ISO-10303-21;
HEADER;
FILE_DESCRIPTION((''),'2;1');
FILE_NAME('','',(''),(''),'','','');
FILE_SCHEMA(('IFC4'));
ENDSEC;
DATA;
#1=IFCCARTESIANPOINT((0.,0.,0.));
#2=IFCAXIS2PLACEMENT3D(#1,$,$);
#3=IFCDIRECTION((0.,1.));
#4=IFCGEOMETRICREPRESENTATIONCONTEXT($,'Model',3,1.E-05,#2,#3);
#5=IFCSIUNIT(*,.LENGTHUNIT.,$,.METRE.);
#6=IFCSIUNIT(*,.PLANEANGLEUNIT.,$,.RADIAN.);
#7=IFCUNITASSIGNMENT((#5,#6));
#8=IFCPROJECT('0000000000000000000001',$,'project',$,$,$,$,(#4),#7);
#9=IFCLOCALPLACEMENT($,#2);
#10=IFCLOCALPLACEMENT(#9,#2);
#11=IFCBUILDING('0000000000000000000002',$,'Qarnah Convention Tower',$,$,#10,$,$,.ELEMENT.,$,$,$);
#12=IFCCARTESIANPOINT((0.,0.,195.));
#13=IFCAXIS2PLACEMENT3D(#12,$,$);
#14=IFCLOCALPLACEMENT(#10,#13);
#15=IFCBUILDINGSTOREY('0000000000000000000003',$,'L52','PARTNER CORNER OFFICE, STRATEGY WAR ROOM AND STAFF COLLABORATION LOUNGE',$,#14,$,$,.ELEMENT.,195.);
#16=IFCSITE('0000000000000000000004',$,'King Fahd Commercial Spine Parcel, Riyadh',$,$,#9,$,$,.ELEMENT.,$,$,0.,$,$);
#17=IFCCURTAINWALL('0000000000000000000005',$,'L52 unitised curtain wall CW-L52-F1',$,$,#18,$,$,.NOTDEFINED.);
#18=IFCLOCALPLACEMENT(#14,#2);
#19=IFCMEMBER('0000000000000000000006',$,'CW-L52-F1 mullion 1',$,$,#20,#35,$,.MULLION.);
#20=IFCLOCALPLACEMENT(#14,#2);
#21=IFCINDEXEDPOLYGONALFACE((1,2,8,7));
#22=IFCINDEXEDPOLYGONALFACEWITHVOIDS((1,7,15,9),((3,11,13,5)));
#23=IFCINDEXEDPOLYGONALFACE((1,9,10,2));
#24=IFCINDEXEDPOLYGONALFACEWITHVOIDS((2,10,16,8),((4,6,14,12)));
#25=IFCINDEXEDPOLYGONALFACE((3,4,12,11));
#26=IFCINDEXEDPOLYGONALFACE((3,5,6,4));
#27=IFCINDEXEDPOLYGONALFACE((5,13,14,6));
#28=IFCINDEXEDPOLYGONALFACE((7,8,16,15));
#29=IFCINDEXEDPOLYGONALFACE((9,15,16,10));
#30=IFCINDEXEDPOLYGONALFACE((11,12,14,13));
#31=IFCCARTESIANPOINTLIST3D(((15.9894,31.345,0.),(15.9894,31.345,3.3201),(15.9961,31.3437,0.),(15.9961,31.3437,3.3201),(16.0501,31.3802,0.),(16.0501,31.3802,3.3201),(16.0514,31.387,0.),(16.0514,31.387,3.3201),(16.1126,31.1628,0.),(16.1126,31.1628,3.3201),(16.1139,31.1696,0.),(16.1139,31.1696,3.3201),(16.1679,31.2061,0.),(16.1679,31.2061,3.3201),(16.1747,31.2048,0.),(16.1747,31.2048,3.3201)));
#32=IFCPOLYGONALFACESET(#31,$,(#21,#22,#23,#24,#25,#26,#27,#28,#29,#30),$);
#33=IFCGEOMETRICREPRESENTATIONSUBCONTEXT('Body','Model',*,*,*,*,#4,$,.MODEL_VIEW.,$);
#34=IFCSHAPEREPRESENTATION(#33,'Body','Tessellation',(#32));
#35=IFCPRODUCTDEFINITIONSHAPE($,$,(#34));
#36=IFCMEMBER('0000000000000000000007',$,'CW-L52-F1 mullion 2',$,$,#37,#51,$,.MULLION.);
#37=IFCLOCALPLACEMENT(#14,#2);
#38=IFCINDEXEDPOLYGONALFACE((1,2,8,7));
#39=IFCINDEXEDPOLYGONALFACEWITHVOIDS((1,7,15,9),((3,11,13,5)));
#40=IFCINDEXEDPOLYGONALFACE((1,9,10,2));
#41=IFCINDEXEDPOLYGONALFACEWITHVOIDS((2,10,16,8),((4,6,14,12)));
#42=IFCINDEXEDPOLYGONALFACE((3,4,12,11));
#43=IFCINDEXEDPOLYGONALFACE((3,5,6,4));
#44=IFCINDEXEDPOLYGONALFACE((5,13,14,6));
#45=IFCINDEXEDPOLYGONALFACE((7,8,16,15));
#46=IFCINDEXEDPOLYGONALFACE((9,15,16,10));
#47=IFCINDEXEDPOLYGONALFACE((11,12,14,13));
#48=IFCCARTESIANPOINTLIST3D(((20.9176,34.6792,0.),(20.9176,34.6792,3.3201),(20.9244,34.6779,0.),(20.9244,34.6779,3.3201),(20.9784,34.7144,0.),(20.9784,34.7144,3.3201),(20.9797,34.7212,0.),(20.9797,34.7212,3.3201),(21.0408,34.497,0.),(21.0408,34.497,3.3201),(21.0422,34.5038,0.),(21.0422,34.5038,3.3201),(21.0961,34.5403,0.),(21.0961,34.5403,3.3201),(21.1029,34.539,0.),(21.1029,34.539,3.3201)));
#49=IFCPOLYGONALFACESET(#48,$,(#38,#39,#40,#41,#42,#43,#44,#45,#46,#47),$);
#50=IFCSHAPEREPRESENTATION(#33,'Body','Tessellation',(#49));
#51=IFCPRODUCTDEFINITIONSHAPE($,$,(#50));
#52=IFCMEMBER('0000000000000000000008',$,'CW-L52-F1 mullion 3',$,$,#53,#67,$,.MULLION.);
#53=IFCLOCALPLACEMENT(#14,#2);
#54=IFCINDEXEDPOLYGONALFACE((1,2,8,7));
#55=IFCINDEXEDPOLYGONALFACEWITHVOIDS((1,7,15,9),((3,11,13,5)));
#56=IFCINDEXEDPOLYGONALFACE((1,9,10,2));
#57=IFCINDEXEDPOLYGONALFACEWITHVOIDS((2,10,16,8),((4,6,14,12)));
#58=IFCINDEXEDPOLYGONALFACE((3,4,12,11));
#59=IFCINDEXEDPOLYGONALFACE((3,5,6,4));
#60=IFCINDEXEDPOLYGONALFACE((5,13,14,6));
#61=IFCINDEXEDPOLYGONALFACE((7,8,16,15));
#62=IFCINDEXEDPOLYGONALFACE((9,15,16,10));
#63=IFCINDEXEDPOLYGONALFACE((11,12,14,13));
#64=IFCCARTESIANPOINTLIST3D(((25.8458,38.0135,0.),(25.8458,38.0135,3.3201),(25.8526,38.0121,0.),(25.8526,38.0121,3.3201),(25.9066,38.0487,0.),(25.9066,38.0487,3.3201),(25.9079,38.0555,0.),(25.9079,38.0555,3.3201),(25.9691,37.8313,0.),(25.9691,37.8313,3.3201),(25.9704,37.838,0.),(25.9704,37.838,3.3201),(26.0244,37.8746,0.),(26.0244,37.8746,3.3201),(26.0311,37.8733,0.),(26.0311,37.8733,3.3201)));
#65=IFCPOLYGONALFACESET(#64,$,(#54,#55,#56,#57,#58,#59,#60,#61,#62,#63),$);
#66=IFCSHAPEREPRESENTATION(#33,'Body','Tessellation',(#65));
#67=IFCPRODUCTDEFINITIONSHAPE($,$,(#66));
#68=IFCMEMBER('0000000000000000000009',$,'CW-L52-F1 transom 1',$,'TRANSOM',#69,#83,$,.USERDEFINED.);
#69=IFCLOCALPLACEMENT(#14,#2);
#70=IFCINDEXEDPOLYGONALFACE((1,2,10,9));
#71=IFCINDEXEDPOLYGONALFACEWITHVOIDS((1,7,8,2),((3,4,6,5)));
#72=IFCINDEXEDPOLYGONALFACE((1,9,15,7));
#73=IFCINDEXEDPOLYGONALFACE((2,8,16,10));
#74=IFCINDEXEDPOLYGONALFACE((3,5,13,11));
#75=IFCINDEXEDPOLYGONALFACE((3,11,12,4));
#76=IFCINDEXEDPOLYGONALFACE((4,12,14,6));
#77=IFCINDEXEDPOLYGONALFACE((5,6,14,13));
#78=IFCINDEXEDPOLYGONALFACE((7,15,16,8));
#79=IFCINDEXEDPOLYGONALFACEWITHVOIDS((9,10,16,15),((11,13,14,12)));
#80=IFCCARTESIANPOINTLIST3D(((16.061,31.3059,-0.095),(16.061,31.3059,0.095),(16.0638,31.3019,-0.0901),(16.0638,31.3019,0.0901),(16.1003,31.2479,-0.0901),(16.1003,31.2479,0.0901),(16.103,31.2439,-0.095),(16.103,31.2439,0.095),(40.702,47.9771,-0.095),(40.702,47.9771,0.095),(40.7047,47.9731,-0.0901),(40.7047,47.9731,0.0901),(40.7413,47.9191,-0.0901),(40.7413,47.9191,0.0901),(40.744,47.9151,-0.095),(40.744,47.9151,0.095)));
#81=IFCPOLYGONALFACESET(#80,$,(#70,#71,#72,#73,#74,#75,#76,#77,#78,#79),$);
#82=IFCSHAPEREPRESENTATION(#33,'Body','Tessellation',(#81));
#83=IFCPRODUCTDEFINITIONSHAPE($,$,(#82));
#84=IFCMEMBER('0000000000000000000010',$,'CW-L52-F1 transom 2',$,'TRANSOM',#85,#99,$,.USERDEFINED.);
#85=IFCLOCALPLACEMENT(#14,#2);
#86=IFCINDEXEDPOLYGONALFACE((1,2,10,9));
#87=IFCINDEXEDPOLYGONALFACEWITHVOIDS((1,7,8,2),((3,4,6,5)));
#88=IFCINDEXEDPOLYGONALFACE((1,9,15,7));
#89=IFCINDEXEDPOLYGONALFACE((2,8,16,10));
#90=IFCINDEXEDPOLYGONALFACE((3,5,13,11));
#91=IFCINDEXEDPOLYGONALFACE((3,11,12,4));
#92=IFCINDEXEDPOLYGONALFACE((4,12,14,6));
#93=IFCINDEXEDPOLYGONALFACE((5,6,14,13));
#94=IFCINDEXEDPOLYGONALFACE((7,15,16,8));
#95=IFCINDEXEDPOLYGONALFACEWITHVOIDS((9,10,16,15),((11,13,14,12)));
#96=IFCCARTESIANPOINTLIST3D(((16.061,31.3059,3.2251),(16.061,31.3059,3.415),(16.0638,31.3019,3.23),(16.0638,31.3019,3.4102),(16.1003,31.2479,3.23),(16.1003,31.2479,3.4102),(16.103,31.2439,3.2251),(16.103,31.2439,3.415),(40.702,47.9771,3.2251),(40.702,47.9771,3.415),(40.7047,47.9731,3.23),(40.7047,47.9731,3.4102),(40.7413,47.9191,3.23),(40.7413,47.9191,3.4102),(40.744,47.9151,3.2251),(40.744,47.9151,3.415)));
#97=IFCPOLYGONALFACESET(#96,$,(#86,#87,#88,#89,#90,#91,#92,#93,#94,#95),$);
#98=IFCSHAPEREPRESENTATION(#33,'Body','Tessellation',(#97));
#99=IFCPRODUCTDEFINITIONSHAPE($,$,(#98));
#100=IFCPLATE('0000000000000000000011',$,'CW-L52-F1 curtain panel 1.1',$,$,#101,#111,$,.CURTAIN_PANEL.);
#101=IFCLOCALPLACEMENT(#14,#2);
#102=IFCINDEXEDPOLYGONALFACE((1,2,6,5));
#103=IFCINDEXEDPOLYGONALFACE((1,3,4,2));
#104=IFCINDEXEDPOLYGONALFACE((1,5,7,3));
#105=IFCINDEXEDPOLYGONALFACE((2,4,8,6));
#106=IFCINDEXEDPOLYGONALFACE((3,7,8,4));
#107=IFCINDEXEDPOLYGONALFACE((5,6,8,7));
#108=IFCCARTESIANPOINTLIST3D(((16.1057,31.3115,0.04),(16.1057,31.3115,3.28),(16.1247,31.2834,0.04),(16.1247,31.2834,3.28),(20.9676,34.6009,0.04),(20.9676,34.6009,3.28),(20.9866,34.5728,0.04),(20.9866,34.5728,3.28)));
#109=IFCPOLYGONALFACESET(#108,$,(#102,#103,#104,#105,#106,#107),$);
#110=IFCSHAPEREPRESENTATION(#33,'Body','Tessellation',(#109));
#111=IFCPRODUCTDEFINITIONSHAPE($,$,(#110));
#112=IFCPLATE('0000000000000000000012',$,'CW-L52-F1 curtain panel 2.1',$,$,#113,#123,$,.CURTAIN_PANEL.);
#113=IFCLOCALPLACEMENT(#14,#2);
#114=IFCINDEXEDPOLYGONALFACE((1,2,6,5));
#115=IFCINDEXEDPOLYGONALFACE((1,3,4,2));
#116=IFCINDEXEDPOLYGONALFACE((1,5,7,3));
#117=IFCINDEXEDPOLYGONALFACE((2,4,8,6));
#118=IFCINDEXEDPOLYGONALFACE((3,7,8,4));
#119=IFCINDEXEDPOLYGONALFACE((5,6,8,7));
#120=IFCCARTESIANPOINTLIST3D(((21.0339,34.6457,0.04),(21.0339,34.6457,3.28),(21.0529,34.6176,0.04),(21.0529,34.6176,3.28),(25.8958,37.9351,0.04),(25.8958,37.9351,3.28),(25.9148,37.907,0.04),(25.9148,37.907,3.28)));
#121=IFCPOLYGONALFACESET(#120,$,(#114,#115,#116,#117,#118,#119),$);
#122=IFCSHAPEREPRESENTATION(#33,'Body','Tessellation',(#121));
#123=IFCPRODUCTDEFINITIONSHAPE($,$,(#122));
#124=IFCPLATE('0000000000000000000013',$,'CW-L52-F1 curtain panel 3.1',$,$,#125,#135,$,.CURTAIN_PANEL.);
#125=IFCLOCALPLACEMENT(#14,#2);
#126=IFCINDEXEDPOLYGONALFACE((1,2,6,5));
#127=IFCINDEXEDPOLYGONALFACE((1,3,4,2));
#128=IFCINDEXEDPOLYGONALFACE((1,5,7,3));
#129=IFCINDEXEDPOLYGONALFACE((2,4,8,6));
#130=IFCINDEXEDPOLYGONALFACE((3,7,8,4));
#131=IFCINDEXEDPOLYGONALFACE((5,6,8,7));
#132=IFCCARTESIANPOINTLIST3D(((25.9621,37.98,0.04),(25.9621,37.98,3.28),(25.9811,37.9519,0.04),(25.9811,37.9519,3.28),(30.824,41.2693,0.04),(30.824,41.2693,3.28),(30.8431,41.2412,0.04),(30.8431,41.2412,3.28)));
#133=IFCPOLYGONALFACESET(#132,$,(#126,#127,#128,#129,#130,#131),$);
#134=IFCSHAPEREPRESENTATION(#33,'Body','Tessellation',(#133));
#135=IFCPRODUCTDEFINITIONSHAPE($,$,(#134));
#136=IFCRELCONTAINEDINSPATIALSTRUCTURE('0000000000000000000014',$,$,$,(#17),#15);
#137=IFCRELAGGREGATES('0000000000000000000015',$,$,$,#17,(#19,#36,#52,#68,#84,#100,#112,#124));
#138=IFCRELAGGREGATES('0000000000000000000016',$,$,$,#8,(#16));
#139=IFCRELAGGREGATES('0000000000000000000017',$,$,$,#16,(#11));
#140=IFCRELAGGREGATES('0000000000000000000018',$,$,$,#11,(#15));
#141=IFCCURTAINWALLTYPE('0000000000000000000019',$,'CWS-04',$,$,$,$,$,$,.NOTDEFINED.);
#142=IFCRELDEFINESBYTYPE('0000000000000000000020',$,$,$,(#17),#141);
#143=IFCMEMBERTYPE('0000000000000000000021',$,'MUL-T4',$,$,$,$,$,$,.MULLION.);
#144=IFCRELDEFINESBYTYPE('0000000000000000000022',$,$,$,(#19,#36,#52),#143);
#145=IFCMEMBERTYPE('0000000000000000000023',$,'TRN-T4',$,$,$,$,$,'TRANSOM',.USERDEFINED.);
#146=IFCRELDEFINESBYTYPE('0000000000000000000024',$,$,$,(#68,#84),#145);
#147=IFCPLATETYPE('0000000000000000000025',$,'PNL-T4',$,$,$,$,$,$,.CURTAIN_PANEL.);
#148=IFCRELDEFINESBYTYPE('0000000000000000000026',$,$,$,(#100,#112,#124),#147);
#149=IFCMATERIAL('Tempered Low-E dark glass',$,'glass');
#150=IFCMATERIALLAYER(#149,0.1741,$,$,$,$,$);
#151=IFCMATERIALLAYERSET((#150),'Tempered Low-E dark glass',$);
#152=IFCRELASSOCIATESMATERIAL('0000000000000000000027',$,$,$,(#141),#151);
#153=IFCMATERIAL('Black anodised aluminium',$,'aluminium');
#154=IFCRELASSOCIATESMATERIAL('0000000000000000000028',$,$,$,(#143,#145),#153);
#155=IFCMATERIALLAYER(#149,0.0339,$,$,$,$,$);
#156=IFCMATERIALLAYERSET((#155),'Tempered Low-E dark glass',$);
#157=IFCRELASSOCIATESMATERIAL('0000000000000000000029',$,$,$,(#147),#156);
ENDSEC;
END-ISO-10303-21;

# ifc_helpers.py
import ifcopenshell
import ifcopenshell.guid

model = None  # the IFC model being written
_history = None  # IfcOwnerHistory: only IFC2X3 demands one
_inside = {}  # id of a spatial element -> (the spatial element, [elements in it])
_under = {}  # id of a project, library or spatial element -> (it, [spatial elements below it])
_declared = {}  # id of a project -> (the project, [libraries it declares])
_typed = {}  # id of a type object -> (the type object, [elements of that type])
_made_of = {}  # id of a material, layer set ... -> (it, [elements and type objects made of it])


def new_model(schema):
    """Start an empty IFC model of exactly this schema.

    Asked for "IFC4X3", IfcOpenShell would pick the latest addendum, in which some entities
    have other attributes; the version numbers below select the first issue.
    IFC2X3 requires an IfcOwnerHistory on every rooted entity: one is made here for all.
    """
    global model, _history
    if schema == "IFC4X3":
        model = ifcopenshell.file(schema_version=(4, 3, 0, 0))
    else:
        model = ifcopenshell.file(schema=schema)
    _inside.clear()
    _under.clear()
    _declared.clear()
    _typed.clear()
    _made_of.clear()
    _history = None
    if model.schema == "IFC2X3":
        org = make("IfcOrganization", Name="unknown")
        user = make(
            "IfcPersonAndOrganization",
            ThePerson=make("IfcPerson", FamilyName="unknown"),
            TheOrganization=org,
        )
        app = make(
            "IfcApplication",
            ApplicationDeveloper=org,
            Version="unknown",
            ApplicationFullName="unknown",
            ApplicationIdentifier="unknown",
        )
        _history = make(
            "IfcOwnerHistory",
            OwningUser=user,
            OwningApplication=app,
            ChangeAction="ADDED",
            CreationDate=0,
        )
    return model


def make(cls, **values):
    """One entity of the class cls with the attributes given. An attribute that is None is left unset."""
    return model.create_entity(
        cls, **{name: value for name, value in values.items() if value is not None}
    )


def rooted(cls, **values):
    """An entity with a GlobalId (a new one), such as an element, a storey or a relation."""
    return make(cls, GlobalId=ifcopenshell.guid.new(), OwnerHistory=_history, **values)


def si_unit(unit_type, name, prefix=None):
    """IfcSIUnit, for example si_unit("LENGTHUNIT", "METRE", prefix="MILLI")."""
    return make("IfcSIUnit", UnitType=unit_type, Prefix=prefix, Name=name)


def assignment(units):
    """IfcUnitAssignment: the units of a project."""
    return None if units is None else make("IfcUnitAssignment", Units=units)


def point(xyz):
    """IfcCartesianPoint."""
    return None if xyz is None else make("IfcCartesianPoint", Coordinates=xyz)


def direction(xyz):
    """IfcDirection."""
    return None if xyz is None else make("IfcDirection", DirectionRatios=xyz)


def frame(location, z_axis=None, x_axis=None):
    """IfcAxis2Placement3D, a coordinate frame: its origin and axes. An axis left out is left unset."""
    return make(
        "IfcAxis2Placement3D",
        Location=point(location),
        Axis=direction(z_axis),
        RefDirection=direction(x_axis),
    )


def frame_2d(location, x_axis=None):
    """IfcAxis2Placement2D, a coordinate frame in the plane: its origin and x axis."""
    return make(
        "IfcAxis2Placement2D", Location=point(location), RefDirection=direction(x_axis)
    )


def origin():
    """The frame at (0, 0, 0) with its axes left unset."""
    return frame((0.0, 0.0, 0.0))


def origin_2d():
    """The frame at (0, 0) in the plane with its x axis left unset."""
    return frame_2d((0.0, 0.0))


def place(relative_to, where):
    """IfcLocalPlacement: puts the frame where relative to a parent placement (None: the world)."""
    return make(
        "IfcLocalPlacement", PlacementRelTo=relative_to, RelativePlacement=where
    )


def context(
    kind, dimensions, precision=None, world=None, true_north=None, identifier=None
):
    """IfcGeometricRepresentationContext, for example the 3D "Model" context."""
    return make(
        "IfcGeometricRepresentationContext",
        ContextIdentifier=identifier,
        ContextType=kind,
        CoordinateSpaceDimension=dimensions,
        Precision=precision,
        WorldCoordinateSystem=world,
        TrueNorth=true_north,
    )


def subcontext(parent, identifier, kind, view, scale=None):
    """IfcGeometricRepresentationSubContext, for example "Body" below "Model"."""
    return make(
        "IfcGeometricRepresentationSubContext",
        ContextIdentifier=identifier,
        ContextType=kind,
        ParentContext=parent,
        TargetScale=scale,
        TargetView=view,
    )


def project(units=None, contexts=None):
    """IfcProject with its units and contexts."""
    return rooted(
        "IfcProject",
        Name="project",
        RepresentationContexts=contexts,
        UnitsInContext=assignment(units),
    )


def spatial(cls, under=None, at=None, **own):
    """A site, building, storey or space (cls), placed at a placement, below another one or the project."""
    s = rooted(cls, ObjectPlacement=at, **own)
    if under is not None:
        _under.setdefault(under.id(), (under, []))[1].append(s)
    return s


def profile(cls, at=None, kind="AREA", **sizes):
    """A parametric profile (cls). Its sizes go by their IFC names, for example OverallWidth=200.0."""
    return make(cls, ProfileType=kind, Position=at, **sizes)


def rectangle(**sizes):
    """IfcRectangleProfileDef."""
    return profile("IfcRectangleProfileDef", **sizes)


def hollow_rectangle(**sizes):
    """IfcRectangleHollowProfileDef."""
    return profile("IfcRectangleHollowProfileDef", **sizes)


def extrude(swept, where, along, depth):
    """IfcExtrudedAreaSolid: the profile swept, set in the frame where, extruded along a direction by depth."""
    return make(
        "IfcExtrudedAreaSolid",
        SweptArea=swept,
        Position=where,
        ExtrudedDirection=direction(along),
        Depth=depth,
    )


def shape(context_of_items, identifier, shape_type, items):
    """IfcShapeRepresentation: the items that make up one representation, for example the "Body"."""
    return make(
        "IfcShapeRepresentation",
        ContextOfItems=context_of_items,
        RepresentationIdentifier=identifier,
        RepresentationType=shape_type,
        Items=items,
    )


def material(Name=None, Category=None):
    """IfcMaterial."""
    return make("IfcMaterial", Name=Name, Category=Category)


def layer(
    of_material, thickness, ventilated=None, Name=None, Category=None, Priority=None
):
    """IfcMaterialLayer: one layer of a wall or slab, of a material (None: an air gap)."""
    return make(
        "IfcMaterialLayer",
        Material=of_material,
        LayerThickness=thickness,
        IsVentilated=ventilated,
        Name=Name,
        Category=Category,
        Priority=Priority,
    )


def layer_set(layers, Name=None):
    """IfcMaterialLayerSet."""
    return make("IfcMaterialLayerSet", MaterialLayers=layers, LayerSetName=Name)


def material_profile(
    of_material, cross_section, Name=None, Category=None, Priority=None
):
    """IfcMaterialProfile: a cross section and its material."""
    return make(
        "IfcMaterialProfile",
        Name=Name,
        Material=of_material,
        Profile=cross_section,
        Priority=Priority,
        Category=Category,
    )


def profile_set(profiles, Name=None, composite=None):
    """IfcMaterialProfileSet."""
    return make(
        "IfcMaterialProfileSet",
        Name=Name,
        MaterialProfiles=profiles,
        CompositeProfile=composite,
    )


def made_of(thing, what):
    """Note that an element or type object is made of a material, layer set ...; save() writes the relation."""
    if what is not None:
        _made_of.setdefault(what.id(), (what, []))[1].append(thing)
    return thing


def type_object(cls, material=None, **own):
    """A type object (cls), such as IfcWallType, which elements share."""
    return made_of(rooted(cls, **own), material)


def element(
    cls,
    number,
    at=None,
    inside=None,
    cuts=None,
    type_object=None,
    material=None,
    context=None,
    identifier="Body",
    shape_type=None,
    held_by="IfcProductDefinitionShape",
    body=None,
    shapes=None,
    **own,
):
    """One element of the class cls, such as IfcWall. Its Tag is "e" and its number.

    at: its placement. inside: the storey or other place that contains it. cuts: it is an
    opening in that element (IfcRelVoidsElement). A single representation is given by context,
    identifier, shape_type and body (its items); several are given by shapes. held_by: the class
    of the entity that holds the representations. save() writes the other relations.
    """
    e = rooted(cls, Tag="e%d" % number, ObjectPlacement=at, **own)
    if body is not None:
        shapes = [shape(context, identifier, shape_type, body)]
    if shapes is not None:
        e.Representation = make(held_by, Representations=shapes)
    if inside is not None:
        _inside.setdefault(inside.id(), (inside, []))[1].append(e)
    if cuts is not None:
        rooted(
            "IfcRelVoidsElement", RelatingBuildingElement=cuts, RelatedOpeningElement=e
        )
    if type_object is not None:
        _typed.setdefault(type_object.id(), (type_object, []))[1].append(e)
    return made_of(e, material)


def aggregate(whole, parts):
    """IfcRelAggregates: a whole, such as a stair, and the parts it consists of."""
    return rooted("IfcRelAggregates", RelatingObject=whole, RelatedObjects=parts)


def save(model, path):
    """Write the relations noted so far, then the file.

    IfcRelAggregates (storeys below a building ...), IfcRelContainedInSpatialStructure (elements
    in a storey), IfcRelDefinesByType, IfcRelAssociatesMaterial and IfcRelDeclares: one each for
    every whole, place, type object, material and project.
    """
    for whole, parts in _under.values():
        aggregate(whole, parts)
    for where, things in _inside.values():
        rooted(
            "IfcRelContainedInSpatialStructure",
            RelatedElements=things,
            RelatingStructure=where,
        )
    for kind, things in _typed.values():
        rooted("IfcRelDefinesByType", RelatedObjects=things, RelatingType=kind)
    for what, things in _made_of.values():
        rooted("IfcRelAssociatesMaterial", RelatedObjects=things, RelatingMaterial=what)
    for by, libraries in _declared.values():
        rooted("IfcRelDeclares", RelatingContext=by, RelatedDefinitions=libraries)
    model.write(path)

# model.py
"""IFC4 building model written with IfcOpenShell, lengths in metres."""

from ifc_helpers import new_model, si_unit, direction, frame, origin, origin_2d, place, context, subcontext, project, spatial, rectangle, hollow_rectangle, extrude, material, layer, layer_set, material_profile, profile_set, type_object, element, aggregate, save


model = new_model("IFC4")

# Units and contexts
model_context = context("Model", 3, precision=1e-05, world=origin(), true_north=direction((0.0, 1.0)))
body_context = subcontext(model_context, "Body", "Model", "MODEL_VIEW")
ifc_project = project(units=[si_unit("LENGTHUNIT", "METRE"), si_unit("PLANEANGLEUNIT", "RADIAN")], contexts=[model_context])

# Site, building, storey
site_placement = place(None, origin())
site = spatial("IfcSite", under=ifc_project, at=site_placement, Name="King Fahd Commercial Spine Parcel, Riyadh", CompositionType="ELEMENT", RefElevation=0.0)
building_placement = place(site_placement, origin())
building = spatial("IfcBuilding", under=site, at=building_placement, Name="Qarnah Convention Tower", CompositionType="ELEMENT")
storey_placement = place(building_placement, frame((0.0, 0.0, 195.0)))
storey = spatial("IfcBuildingStorey", under=building, at=storey_placement, Name="L52", Description="PARTNER CORNER OFFICE, STRATEGY WAR ROOM AND STAFF COLLABORATION LOUNGE", CompositionType="ELEMENT", Elevation=195.0)

# Curtain wall, members, plates
ifc_material_1 = material(Name="Tempered Low-E dark glass", Category="glass")
ifc_layer_1 = layer(ifc_material_1, 0.1741)
ifc_layer_set_1 = layer_set([ifc_layer_1], Name="Tempered Low-E dark glass")
curtain_wall_type = type_object("IfcCurtainWallType", Name="CWS-04", PredefinedType="NOTDEFINED", material=ifc_layer_set_1)
curtain_wall_placement = place(storey_placement, origin())
curtain_wall = element("IfcCurtainWall", 1, at=curtain_wall_placement, inside=storey, type_object=curtain_wall_type, Name="L52 unitised curtain wall CW-L52-F1", PredefinedType="NOTDEFINED")
ifc_material_2 = material(Name="Black anodised aluminium", Category="aluminium")
ifc_material_profile_1 = material_profile(ifc_material_2, hollow_rectangle(XDim=0.075, YDim=0.22, WallThickness=0.0049, at=origin_2d()), Name="MUL-75X220")
ifc_profile_set_1 = profile_set([ifc_material_profile_1], Name="Black anodised aluminium")
member_type_1 = type_object("IfcMemberType", Name="MUL-T4", PredefinedType="MULLION", material=ifc_profile_set_1)
member_1_placement = place(storey_placement, frame((16.082, 31.2749, 0.0), z_axis=(0.0, 0.0, 1.0), x_axis=(0.828251, 0.560358, 0.0)))
member_1 = element("IfcMember", 2, at=member_1_placement, type_object=member_type_1, Name="CW-L52-F1 mullion 1", PredefinedType="MULLION", context=body_context, shape_type="SweptSolid", body=[
    extrude(hollow_rectangle(XDim=0.075, YDim=0.22, WallThickness=0.0049, at=origin_2d()), origin(), (0.0, 0.0, 1.0), 3.3201),
])
member_2_placement = place(storey_placement, frame((21.0103, 34.6091, 0.0), z_axis=(0.0, 0.0, 1.0), x_axis=(0.828251, 0.560358, 0.0)))
member_2 = element("IfcMember", 3, at=member_2_placement, type_object=member_type_1, Name="CW-L52-F1 mullion 2", PredefinedType="MULLION", context=body_context, shape_type="SweptSolid", body=[
    extrude(hollow_rectangle(XDim=0.075, YDim=0.22, WallThickness=0.0049, at=origin_2d()), origin(), (0.0, 0.0, 1.0), 3.3201),
])
member_3_placement = place(storey_placement, frame((25.9385, 37.9434, 0.0), z_axis=(0.0, 0.0, 1.0), x_axis=(0.828251, 0.560358, 0.0)))
member_3 = element("IfcMember", 4, at=member_3_placement, type_object=member_type_1, Name="CW-L52-F1 mullion 3", PredefinedType="MULLION", context=body_context, shape_type="SweptSolid", body=[
    extrude(hollow_rectangle(XDim=0.075, YDim=0.22, WallThickness=0.0049, at=origin_2d()), origin(), (0.0, 0.0, 1.0), 3.3201),
])
ifc_material_profile_2 = material_profile(ifc_material_2, hollow_rectangle(XDim=0.075, YDim=0.1899, WallThickness=0.0049, at=origin_2d()), Name="TRN-75X190")
ifc_profile_set_2 = profile_set([ifc_material_profile_2], Name="Black anodised aluminium")
member_type_2 = type_object("IfcMemberType", Name="TRN-T4", ElementType="TRANSOM", PredefinedType="USERDEFINED", material=ifc_profile_set_2)
member_4_placement = place(storey_placement, frame((16.082, 31.2749, 0.0), z_axis=(0.828247, 0.560363, 0.0), x_axis=(-0.560363, 0.828247, 0.0)))
member_4 = element("IfcMember", 5, at=member_4_placement, type_object=member_type_2, Name="CW-L52-F1 transom 1", ObjectType="TRANSOM", PredefinedType="USERDEFINED", context=body_context, shape_type="SweptSolid", body=[
    extrude(hollow_rectangle(XDim=0.075, YDim=0.1899, WallThickness=0.0049, at=origin_2d()), origin(), (0.0, 0.0, 1.0), 29.7507),
])
member_5_placement = place(storey_placement, frame((16.082, 31.2749, 3.3201), z_axis=(0.828247, 0.560363, 0.0), x_axis=(-0.560363, 0.828247, 0.0)))
member_5 = element("IfcMember", 6, at=member_5_placement, type_object=member_type_2, Name="CW-L52-F1 transom 2", ObjectType="TRANSOM", PredefinedType="USERDEFINED", context=body_context, shape_type="SweptSolid", body=[
    extrude(hollow_rectangle(XDim=0.075, YDim=0.1899, WallThickness=0.0049, at=origin_2d()), origin(), (0.0, 0.0, 1.0), 29.7507),
])
ifc_layer_2 = layer(ifc_material_1, 0.0339)
ifc_layer_set_2 = layer_set([ifc_layer_2], Name="Tempered Low-E dark glass")
plate_type = type_object("IfcPlateType", Name="PNL-T4", PredefinedType="CURTAIN_PANEL", material=ifc_layer_set_2)
plate_1_placement = place(storey_placement, frame((18.5461, 32.9421, 0.04), z_axis=(0.0, 0.0, 1.0), x_axis=(0.828251, 0.560358, 0.0)))
plate_1 = element("IfcPlate", 7, at=plate_1_placement, type_object=plate_type, Name="CW-L52-F1 curtain panel 1.1", PredefinedType="CURTAIN_PANEL", context=body_context, shape_type="SweptSolid", body=[
    extrude(rectangle(XDim=5.8701, YDim=0.0339, at=origin_2d()), origin(), (0.0, 0.0, 1.0), 3.24),
])
plate_2_placement = place(storey_placement, frame((23.4744, 36.2764, 0.04), z_axis=(0.0, 0.0, 1.0), x_axis=(0.828251, 0.560358, 0.0)))
plate_2 = element("IfcPlate", 8, at=plate_2_placement, type_object=plate_type, Name="CW-L52-F1 curtain panel 2.1", PredefinedType="CURTAIN_PANEL", context=body_context, shape_type="SweptSolid", body=[
    extrude(rectangle(XDim=5.8701, YDim=0.0339, at=origin_2d()), origin(), (0.0, 0.0, 1.0), 3.24),
])
plate_3_placement = place(storey_placement, frame((28.4026, 39.6106, 0.04), z_axis=(0.0, 0.0, 1.0), x_axis=(0.828251, 0.560358, 0.0)))
plate_3 = element("IfcPlate", 9, at=plate_3_placement, type_object=plate_type, Name="CW-L52-F1 curtain panel 3.1", PredefinedType="CURTAIN_PANEL", context=body_context, shape_type="SweptSolid", body=[
    extrude(rectangle(XDim=5.8701, YDim=0.0339, at=origin_2d()), origin(), (0.0, 0.0, 1.0), 3.24),
])
aggregate(curtain_wall, [member_1, member_2, member_3, member_4, member_5, plate_1, plate_2, plate_3])

save(model, "model.ifc")
